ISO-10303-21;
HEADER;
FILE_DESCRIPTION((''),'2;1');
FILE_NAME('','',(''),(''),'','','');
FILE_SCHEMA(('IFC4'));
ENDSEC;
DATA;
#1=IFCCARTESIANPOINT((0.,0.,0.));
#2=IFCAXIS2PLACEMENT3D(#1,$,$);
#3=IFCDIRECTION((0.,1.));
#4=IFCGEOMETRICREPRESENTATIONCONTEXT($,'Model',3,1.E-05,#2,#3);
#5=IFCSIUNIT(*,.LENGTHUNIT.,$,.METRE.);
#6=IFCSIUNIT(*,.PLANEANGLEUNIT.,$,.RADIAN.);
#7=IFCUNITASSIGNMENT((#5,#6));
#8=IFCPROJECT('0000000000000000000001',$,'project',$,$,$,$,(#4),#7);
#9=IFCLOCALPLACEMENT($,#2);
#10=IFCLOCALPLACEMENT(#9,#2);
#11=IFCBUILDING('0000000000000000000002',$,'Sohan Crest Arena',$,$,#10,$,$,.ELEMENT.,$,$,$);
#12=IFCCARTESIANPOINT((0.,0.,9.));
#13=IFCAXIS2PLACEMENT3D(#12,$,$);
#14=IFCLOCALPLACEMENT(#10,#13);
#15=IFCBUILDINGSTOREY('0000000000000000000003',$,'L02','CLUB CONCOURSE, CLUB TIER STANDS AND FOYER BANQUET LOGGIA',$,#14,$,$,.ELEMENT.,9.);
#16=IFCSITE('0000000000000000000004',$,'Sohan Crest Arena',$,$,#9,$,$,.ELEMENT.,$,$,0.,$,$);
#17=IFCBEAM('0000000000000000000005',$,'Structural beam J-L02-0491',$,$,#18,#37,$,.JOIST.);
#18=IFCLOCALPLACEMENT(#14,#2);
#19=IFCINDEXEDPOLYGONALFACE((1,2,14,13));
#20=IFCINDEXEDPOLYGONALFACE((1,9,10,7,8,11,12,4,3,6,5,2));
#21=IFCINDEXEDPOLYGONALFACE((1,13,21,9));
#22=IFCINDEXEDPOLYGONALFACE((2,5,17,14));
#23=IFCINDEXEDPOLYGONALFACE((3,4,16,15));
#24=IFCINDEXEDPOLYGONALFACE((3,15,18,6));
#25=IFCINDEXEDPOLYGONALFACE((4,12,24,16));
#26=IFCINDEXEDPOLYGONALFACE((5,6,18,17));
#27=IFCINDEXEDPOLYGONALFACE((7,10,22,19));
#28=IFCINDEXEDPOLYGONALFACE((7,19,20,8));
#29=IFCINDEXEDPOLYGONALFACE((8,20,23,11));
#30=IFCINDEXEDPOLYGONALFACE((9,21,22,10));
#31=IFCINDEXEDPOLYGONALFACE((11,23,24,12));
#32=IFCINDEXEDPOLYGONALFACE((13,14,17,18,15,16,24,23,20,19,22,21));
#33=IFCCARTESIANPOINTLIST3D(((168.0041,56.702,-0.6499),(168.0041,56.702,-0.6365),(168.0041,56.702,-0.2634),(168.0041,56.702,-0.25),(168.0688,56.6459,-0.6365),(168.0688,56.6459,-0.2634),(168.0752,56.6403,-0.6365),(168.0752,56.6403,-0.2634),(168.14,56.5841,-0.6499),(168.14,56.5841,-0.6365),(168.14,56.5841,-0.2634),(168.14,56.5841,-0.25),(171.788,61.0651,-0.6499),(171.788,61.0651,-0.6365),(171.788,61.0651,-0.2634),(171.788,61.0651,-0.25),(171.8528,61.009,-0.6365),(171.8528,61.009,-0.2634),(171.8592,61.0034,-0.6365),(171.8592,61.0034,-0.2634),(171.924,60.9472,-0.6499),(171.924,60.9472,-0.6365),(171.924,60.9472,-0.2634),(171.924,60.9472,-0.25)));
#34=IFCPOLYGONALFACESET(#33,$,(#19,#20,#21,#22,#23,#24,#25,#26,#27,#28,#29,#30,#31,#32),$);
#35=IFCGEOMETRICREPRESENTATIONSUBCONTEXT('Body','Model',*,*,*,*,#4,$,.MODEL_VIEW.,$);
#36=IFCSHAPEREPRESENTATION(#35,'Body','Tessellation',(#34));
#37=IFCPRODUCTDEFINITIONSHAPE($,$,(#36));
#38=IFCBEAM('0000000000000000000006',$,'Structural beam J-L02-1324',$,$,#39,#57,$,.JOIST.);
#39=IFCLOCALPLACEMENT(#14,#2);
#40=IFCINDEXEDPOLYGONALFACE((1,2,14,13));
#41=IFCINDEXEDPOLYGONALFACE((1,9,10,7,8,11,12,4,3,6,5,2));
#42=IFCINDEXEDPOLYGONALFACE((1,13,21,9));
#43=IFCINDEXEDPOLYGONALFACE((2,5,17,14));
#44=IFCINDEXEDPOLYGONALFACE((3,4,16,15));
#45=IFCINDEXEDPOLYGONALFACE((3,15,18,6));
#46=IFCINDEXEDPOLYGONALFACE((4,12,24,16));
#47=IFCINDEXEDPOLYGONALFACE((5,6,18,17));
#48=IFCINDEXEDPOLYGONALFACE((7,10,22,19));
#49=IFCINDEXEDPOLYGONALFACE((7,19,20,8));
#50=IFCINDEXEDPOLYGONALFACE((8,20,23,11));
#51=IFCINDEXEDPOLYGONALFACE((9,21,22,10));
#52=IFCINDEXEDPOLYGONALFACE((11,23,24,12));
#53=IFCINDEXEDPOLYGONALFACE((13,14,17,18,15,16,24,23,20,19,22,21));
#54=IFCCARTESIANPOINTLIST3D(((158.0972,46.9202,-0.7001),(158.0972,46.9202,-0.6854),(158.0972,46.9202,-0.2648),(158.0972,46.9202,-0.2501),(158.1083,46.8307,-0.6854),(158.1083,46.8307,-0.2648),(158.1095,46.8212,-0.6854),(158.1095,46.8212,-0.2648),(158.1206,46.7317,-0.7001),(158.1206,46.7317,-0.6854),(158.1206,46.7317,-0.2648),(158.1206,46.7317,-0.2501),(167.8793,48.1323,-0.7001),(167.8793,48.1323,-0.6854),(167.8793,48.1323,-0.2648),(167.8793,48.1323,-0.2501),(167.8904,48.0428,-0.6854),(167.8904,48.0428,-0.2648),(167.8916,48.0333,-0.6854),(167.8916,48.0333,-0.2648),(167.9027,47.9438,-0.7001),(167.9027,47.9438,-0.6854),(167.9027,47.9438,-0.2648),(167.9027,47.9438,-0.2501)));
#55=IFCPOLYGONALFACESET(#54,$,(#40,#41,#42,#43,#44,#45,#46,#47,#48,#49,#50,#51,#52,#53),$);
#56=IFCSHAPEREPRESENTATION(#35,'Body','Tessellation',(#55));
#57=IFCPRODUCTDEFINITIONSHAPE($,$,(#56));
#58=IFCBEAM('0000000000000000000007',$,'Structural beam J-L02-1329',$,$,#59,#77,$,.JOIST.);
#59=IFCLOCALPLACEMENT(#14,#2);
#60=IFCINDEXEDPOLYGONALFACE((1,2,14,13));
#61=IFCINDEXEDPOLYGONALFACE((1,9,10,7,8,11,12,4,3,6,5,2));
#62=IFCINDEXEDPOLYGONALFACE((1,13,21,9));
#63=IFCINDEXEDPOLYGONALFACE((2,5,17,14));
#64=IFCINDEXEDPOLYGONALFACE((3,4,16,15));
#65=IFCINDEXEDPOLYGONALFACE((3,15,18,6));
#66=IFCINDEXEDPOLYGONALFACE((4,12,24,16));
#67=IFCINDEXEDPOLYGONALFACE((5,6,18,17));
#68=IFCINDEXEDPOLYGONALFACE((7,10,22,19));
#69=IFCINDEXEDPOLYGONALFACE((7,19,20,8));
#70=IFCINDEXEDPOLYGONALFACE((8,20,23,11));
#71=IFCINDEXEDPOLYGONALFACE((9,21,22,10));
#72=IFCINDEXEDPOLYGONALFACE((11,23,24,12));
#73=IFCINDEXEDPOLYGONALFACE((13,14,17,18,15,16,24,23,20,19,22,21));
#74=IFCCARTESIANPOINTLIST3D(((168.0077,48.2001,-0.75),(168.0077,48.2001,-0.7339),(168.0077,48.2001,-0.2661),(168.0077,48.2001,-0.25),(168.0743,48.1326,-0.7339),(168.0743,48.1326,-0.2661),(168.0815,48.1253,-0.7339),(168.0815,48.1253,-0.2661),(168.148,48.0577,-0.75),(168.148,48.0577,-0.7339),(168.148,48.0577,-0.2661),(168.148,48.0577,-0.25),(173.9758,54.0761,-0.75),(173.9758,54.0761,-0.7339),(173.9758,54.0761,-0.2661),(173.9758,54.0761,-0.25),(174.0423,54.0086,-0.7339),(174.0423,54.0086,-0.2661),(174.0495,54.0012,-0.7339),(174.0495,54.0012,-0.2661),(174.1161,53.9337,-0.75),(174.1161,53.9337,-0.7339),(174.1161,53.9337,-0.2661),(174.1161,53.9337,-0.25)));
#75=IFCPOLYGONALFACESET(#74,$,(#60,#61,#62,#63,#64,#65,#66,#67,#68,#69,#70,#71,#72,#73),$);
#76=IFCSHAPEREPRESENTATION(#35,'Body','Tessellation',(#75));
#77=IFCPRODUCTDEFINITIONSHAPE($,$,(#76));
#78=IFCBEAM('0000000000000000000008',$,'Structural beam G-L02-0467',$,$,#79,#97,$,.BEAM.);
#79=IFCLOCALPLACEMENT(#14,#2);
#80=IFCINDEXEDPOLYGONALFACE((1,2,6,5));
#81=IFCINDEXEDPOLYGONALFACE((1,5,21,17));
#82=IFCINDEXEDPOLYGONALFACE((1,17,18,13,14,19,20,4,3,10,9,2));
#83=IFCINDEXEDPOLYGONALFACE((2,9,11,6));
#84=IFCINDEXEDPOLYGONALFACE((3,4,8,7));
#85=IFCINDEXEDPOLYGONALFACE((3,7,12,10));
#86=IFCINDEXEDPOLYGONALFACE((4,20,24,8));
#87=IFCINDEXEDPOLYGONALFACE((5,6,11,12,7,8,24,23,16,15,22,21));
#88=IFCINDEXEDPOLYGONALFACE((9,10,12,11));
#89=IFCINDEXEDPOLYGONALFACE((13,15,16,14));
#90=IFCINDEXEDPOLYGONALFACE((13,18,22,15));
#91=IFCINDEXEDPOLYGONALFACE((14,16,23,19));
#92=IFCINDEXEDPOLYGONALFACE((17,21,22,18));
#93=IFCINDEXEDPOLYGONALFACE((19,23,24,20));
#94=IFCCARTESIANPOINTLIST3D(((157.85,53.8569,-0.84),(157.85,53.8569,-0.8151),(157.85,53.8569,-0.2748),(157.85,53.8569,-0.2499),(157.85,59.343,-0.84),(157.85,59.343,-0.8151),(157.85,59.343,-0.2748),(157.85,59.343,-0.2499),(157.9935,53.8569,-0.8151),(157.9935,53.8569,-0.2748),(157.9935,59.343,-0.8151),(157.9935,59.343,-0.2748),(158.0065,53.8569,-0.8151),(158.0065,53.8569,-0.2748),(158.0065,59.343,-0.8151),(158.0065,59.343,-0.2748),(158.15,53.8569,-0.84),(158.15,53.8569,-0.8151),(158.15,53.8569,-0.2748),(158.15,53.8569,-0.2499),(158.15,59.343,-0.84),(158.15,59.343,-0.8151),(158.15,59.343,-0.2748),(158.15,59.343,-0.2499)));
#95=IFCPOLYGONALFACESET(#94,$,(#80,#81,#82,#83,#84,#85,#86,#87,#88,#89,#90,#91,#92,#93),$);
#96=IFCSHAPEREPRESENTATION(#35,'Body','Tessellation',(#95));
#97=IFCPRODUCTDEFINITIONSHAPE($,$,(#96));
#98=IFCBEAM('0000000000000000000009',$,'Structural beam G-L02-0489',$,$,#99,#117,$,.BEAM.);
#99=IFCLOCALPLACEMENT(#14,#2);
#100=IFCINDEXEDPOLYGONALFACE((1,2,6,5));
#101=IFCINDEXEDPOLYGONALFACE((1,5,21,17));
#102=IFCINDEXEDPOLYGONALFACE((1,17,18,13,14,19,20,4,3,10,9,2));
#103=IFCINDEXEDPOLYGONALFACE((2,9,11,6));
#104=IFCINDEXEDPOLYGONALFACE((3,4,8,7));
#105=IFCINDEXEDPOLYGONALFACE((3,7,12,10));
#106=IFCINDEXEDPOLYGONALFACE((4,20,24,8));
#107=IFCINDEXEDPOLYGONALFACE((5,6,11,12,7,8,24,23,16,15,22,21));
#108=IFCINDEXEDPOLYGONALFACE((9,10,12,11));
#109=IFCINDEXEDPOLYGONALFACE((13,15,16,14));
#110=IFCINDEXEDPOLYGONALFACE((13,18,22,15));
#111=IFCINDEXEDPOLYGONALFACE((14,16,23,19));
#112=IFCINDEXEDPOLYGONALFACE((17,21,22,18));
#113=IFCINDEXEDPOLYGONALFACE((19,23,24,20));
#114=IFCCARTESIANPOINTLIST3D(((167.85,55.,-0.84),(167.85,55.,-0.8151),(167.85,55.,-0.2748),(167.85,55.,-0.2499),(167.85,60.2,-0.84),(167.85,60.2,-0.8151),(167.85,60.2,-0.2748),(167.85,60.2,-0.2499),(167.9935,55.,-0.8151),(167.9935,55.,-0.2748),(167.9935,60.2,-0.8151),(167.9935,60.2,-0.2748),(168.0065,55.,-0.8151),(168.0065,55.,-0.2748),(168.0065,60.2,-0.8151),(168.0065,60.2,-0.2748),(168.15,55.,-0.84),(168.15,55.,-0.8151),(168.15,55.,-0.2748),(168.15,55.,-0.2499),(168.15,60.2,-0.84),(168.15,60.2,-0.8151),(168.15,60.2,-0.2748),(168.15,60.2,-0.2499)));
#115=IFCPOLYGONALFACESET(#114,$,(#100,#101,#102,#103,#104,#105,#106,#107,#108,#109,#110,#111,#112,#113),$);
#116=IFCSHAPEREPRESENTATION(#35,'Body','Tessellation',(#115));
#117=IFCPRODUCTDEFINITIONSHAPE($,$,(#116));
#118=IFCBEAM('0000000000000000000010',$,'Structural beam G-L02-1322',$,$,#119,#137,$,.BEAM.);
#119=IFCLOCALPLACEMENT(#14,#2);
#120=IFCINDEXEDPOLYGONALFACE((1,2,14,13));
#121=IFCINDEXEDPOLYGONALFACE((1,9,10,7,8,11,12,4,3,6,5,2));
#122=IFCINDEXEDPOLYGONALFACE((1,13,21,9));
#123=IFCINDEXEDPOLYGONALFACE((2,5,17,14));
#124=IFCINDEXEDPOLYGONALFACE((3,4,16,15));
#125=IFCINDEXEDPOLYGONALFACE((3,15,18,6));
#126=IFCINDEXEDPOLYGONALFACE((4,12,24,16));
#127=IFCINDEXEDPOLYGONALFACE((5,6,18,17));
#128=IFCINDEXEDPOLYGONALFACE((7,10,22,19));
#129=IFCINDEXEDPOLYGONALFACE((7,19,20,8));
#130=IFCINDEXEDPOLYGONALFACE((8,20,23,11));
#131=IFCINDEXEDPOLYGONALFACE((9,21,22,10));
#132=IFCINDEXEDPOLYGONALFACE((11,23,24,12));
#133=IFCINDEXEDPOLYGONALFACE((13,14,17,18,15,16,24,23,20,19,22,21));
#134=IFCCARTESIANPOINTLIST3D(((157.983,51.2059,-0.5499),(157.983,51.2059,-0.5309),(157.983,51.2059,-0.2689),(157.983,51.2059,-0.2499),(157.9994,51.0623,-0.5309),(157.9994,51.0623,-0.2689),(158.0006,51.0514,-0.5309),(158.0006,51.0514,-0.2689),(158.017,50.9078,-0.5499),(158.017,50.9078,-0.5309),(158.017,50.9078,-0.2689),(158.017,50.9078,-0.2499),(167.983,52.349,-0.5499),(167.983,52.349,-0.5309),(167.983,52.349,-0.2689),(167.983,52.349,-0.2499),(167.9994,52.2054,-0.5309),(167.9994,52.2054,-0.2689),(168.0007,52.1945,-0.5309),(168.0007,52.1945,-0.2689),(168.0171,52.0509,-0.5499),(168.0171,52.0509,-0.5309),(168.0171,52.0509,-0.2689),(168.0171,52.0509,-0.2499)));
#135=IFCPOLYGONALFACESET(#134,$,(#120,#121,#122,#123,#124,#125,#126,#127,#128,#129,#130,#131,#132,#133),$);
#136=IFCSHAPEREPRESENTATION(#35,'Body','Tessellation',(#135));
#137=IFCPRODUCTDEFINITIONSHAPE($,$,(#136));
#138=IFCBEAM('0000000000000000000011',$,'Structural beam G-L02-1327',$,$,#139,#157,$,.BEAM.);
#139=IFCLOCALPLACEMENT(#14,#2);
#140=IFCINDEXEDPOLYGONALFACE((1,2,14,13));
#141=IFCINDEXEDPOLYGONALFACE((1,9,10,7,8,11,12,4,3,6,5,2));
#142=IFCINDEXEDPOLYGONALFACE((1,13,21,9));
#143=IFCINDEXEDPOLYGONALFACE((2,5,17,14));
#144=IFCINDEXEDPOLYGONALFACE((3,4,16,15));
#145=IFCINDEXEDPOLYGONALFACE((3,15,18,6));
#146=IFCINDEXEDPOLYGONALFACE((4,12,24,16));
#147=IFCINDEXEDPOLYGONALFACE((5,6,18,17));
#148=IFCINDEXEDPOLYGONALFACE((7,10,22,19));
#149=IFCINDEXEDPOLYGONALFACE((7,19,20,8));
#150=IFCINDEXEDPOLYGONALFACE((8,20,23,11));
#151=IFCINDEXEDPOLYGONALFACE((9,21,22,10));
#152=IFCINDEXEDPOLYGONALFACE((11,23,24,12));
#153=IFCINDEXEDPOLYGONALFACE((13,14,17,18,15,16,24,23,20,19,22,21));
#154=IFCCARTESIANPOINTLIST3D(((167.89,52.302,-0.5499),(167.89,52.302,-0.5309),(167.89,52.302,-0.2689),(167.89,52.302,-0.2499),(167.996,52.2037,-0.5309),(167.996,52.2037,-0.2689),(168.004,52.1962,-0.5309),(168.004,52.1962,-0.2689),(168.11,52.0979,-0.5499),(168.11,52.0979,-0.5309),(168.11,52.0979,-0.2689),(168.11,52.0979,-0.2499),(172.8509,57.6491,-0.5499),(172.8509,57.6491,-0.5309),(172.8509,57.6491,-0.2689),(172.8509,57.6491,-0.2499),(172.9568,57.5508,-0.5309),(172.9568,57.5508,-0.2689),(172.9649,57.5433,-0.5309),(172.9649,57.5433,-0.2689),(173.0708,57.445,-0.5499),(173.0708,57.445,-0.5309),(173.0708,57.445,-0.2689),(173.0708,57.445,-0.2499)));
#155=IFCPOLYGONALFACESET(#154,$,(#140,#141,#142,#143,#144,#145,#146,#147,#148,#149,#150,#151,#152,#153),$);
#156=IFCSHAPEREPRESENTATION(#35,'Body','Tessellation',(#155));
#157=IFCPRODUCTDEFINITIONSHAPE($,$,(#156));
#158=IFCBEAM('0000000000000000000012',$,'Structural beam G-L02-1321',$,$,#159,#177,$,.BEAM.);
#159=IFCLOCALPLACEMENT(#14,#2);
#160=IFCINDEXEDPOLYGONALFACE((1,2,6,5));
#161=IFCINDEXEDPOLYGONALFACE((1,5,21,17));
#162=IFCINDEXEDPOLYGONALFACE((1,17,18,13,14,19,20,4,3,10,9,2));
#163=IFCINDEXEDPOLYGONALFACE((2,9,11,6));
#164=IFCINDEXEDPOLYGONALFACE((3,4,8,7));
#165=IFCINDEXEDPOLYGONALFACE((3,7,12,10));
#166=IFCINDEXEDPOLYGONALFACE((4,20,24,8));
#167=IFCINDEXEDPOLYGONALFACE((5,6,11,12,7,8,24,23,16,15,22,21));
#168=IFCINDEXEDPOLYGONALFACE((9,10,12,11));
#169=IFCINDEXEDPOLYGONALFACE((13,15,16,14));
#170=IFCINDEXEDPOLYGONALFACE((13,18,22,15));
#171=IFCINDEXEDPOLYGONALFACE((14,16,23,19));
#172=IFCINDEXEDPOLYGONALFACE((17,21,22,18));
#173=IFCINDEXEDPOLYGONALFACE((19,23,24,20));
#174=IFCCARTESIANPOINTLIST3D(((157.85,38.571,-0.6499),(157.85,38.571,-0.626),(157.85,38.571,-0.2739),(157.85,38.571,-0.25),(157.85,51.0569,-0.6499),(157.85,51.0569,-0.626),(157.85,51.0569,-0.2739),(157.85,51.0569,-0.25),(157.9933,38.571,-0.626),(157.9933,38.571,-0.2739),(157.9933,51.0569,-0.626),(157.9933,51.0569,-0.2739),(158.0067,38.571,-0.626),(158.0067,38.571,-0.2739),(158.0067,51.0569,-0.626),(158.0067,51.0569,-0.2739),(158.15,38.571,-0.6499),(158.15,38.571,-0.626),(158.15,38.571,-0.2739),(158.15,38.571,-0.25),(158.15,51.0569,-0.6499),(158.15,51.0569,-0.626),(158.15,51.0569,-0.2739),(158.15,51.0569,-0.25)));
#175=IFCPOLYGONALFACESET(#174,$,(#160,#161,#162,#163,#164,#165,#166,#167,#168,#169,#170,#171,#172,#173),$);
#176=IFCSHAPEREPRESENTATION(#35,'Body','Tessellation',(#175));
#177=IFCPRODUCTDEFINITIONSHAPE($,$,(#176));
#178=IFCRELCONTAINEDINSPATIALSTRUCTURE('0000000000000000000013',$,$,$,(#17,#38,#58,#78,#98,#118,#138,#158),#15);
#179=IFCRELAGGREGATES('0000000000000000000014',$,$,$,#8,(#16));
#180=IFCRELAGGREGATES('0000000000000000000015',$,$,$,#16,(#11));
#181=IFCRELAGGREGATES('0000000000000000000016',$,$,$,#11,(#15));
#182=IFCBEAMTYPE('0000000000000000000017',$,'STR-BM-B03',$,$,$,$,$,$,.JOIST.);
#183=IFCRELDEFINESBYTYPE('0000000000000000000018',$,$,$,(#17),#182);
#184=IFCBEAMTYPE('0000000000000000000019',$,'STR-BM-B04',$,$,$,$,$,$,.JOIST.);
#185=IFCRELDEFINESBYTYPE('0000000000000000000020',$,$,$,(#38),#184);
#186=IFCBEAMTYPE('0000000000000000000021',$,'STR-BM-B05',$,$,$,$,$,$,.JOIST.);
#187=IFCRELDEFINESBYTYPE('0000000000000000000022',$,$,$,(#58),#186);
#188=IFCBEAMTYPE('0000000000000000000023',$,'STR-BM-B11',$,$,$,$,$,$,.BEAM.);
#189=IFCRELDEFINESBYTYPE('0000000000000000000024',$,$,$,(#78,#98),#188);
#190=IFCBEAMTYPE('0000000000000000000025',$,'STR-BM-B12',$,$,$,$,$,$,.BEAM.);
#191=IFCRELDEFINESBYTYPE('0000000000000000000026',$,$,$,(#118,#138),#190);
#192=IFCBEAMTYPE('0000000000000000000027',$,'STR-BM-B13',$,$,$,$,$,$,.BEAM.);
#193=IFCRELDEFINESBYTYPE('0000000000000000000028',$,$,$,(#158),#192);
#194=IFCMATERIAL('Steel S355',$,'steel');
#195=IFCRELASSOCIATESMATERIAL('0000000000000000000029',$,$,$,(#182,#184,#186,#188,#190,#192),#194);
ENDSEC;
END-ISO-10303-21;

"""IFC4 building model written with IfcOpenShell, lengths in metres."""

from ifc_helpers import new_model, si_unit, direction, frame, origin, origin_2d, place, context, subcontext, project, spatial, i_section, extrude, material, material_profile, profile_set, type_object, element, save


model = new_model("IFC4")

# Units and contexts
model_context = context("Model", 3, precision=1e-05, world=origin(), true_north=direction((0.0, 1.0)))
body_context = subcontext(model_context, "Body", "Model", "MODEL_VIEW")
ifc_project = project(units=[si_unit("LENGTHUNIT", "METRE"), si_unit("PLANEANGLEUNIT", "RADIAN")], contexts=[model_context])

# Site, building, storey
site_placement = place(None, origin())
site = spatial("IfcSite", under=ifc_project, at=site_placement, Name="Sohan Crest Arena", CompositionType="ELEMENT", RefElevation=0.0)
building_placement = place(site_placement, origin())
building = spatial("IfcBuilding", under=site, at=building_placement, Name="Sohan Crest Arena", CompositionType="ELEMENT")
storey_placement = place(building_placement, frame((0.0, 0.0, 9.0)))
storey = spatial("IfcBuildingStorey", under=building, at=storey_placement, Name="L02", Description="CLUB CONCOURSE, CLUB TIER STANDS AND FOYER BANQUET LOGGIA", CompositionType="ELEMENT", Elevation=9.0)

# Shared definitions
ifc_material_1 = material(Name="Steel S355", Category="steel")

# Beams
ifc_material_profile_1 = material_profile(ifc_material_1, i_section(OverallWidth=0.1799, OverallDepth=0.3999, WebThickness=0.0085, FlangeThickness=0.0134, at=origin_2d()), Name="IPE 400")
ifc_profile_set_1 = profile_set([ifc_material_profile_1], Name="Steel S355")
beam_type_1 = type_object("IfcBeamType", Name="STR-BM-B03", PredefinedType="JOIST", material=ifc_profile_set_1)
beam_1_placement = place(storey_placement, frame((168.072, 56.6431, -0.45), z_axis=(0.655191, 0.755463, 0.0), x_axis=(-0.755463, 0.655191, 0.0)))
element("IfcBeam", 1, at=beam_1_placement, inside=storey, type_object=beam_type_1, Name="Structural beam J-L02-0491", PredefinedType="JOIST", context=body_context, shape_type="SweptSolid", body=[
    extrude(i_section(OverallWidth=0.1799, OverallDepth=0.3999, WebThickness=0.0085, FlangeThickness=0.0134, at=origin_2d()), origin(), (0.0, 0.0, 1.0), 5.7754),
])
ifc_material_profile_2 = material_profile(ifc_material_1, i_section(OverallWidth=0.1899, OverallDepth=0.45, WebThickness=0.0095, FlangeThickness=0.0146, at=origin_2d()), Name="IPE 450")
ifc_profile_set_2 = profile_set([ifc_material_profile_2], Name="Steel S355")
beam_type_2 = type_object("IfcBeamType", Name="STR-BM-B04", PredefinedType="JOIST", material=ifc_profile_set_2)
beam_2_placement = place(storey_placement, frame((158.1089, 46.8259, -0.4751), z_axis=(0.99241, 0.122974, 0.0), x_axis=(-0.122974, 0.99241, 0.0)))
element("IfcBeam", 2, at=beam_2_placement, inside=storey, type_object=beam_type_2, Name="Structural beam J-L02-1324", PredefinedType="JOIST", context=body_context, shape_type="SweptSolid", body=[
    extrude(i_section(OverallWidth=0.1899, OverallDepth=0.45, WebThickness=0.0095, FlangeThickness=0.0146, at=origin_2d()), origin(), (0.0, 0.0, 1.0), 9.8569),
])
ifc_material_profile_3 = material_profile(ifc_material_1, i_section(OverallWidth=0.2, OverallDepth=0.5, WebThickness=0.0103, FlangeThickness=0.0161, at=origin_2d()), Name="IPE 500")
ifc_profile_set_3 = profile_set([ifc_material_profile_3], Name="Steel S355")
beam_type_3 = type_object("IfcBeamType", Name="STR-BM-B05", PredefinedType="JOIST", material=ifc_profile_set_3)
beam_3_placement = place(storey_placement, frame((168.0779, 48.1289, -0.5), z_axis=(0.71258, 0.701591, 0.0), x_axis=(-0.701591, 0.71258, 0.0)))
element("IfcBeam", 3, at=beam_3_placement, inside=storey, type_object=beam_type_3, Name="Structural beam J-L02-1329", PredefinedType="JOIST", context=body_context, shape_type="SweptSolid", body=[
    extrude(i_section(OverallWidth=0.2, OverallDepth=0.5, WebThickness=0.0103, FlangeThickness=0.0161, at=origin_2d()), origin(), (0.0, 0.0, 1.0), 8.3752),
])
ifc_material_profile_4 = material_profile(ifc_material_1, i_section(OverallWidth=0.3, OverallDepth=0.5901, WebThickness=0.0129, FlangeThickness=0.0249, at=origin_2d()), Name="HEA 600")
ifc_profile_set_4 = profile_set([ifc_material_profile_4], Name="Steel S355")
beam_type_4 = type_object("IfcBeamType", Name="STR-BM-B11", PredefinedType="BEAM", material=ifc_profile_set_4)
beam_4_placement = place(storey_placement, frame((158.0, 59.343, -0.5449), z_axis=(0.0, -1.0, 0.0), x_axis=(1.0, 0.0, 0.0)))
element("IfcBeam", 4, at=beam_4_placement, inside=storey, type_object=beam_type_4, Name="Structural beam G-L02-0467", PredefinedType="BEAM", context=body_context, shape_type="SweptSolid", body=[
    extrude(i_section(OverallWidth=0.3, OverallDepth=0.5901, WebThickness=0.0129, FlangeThickness=0.0249, at=origin_2d()), origin(), (0.0, 0.0, 1.0), 5.4861),
])
beam_5_placement = place(storey_placement, frame((168.0, 60.2, -0.5449), z_axis=(0.0, -1.0, 0.0), x_axis=(1.0, 0.0, 0.0)))
element("IfcBeam", 5, at=beam_5_placement, inside=storey, type_object=beam_type_4, Name="Structural beam G-L02-0489", PredefinedType="BEAM", context=body_context, shape_type="SweptSolid", body=[
    extrude(i_section(OverallWidth=0.3, OverallDepth=0.5901, WebThickness=0.0129, FlangeThickness=0.0249, at=origin_2d()), origin(), (0.0, 0.0, 1.0), 5.2),
])
ifc_material_profile_5 = material_profile(ifc_material_1, i_section(OverallWidth=0.3, OverallDepth=0.3, WebThickness=0.011, FlangeThickness=0.019, at=origin_2d()), Name="HEB 300")
ifc_profile_set_5 = profile_set([ifc_material_profile_5], Name="Steel S355")
beam_type_5 = type_object("IfcBeamType", Name="STR-BM-B12", PredefinedType="BEAM", material=ifc_profile_set_5)
beam_6_placement = place(storey_placement, frame((158.0, 51.0569, -0.3999), z_axis=(0.99353, 0.113567, 0.0), x_axis=(-0.113567, 0.99353, 0.0)))
element("IfcBeam", 6, at=beam_6_placement, inside=storey, type_object=beam_type_5, Name="Structural beam G-L02-1322", PredefinedType="BEAM", context=body_context, shape_type="SweptSolid", body=[
    extrude(i_section(OverallWidth=0.3, OverallDepth=0.3, WebThickness=0.011, FlangeThickness=0.019, at=origin_2d()), origin(), (0.0, 0.0, 1.0), 10.0652),
])
beam_7_placement = place(storey_placement, frame((168.0, 52.2, -0.3999), z_axis=(0.680135, 0.733087, 0.0), x_axis=(-0.733087, 0.680135, 0.0)))
element("IfcBeam", 7, at=beam_7_placement, inside=storey, type_object=beam_type_5, Name="Structural beam G-L02-1327", PredefinedType="BEAM", context=body_context, shape_type="SweptSolid", body=[
    extrude(i_section(OverallWidth=0.3, OverallDepth=0.3, WebThickness=0.011, FlangeThickness=0.019, at=origin_2d()), origin(), (0.0, 0.0, 1.0), 7.2939),
])
ifc_material_profile_6 = material_profile(ifc_material_1, i_section(OverallWidth=0.3, OverallDepth=0.3999, WebThickness=0.0134, FlangeThickness=0.0239, at=origin_2d()), Name="HEB 400")
ifc_profile_set_6 = profile_set([ifc_material_profile_6], Name="Steel S355")
beam_type_6 = type_object("IfcBeamType", Name="STR-BM-B13", PredefinedType="BEAM", material=ifc_profile_set_6)
beam_8_placement = place(storey_placement, frame((158.0, 51.0569, -0.45), z_axis=(0.0, -1.0, 0.0), x_axis=(1.0, 0.0, 0.0)))
element("IfcBeam", 8, at=beam_8_placement, inside=storey, type_object=beam_type_6, Name="Structural beam G-L02-1321", PredefinedType="BEAM", context=body_context, shape_type="SweptSolid", body=[
    extrude(i_section(OverallWidth=0.3, OverallDepth=0.3999, WebThickness=0.0134, FlangeThickness=0.0239, at=origin_2d()), origin(), (0.0, 0.0, 1.0), 12.4858),
])

save(model, "model.ifc")
